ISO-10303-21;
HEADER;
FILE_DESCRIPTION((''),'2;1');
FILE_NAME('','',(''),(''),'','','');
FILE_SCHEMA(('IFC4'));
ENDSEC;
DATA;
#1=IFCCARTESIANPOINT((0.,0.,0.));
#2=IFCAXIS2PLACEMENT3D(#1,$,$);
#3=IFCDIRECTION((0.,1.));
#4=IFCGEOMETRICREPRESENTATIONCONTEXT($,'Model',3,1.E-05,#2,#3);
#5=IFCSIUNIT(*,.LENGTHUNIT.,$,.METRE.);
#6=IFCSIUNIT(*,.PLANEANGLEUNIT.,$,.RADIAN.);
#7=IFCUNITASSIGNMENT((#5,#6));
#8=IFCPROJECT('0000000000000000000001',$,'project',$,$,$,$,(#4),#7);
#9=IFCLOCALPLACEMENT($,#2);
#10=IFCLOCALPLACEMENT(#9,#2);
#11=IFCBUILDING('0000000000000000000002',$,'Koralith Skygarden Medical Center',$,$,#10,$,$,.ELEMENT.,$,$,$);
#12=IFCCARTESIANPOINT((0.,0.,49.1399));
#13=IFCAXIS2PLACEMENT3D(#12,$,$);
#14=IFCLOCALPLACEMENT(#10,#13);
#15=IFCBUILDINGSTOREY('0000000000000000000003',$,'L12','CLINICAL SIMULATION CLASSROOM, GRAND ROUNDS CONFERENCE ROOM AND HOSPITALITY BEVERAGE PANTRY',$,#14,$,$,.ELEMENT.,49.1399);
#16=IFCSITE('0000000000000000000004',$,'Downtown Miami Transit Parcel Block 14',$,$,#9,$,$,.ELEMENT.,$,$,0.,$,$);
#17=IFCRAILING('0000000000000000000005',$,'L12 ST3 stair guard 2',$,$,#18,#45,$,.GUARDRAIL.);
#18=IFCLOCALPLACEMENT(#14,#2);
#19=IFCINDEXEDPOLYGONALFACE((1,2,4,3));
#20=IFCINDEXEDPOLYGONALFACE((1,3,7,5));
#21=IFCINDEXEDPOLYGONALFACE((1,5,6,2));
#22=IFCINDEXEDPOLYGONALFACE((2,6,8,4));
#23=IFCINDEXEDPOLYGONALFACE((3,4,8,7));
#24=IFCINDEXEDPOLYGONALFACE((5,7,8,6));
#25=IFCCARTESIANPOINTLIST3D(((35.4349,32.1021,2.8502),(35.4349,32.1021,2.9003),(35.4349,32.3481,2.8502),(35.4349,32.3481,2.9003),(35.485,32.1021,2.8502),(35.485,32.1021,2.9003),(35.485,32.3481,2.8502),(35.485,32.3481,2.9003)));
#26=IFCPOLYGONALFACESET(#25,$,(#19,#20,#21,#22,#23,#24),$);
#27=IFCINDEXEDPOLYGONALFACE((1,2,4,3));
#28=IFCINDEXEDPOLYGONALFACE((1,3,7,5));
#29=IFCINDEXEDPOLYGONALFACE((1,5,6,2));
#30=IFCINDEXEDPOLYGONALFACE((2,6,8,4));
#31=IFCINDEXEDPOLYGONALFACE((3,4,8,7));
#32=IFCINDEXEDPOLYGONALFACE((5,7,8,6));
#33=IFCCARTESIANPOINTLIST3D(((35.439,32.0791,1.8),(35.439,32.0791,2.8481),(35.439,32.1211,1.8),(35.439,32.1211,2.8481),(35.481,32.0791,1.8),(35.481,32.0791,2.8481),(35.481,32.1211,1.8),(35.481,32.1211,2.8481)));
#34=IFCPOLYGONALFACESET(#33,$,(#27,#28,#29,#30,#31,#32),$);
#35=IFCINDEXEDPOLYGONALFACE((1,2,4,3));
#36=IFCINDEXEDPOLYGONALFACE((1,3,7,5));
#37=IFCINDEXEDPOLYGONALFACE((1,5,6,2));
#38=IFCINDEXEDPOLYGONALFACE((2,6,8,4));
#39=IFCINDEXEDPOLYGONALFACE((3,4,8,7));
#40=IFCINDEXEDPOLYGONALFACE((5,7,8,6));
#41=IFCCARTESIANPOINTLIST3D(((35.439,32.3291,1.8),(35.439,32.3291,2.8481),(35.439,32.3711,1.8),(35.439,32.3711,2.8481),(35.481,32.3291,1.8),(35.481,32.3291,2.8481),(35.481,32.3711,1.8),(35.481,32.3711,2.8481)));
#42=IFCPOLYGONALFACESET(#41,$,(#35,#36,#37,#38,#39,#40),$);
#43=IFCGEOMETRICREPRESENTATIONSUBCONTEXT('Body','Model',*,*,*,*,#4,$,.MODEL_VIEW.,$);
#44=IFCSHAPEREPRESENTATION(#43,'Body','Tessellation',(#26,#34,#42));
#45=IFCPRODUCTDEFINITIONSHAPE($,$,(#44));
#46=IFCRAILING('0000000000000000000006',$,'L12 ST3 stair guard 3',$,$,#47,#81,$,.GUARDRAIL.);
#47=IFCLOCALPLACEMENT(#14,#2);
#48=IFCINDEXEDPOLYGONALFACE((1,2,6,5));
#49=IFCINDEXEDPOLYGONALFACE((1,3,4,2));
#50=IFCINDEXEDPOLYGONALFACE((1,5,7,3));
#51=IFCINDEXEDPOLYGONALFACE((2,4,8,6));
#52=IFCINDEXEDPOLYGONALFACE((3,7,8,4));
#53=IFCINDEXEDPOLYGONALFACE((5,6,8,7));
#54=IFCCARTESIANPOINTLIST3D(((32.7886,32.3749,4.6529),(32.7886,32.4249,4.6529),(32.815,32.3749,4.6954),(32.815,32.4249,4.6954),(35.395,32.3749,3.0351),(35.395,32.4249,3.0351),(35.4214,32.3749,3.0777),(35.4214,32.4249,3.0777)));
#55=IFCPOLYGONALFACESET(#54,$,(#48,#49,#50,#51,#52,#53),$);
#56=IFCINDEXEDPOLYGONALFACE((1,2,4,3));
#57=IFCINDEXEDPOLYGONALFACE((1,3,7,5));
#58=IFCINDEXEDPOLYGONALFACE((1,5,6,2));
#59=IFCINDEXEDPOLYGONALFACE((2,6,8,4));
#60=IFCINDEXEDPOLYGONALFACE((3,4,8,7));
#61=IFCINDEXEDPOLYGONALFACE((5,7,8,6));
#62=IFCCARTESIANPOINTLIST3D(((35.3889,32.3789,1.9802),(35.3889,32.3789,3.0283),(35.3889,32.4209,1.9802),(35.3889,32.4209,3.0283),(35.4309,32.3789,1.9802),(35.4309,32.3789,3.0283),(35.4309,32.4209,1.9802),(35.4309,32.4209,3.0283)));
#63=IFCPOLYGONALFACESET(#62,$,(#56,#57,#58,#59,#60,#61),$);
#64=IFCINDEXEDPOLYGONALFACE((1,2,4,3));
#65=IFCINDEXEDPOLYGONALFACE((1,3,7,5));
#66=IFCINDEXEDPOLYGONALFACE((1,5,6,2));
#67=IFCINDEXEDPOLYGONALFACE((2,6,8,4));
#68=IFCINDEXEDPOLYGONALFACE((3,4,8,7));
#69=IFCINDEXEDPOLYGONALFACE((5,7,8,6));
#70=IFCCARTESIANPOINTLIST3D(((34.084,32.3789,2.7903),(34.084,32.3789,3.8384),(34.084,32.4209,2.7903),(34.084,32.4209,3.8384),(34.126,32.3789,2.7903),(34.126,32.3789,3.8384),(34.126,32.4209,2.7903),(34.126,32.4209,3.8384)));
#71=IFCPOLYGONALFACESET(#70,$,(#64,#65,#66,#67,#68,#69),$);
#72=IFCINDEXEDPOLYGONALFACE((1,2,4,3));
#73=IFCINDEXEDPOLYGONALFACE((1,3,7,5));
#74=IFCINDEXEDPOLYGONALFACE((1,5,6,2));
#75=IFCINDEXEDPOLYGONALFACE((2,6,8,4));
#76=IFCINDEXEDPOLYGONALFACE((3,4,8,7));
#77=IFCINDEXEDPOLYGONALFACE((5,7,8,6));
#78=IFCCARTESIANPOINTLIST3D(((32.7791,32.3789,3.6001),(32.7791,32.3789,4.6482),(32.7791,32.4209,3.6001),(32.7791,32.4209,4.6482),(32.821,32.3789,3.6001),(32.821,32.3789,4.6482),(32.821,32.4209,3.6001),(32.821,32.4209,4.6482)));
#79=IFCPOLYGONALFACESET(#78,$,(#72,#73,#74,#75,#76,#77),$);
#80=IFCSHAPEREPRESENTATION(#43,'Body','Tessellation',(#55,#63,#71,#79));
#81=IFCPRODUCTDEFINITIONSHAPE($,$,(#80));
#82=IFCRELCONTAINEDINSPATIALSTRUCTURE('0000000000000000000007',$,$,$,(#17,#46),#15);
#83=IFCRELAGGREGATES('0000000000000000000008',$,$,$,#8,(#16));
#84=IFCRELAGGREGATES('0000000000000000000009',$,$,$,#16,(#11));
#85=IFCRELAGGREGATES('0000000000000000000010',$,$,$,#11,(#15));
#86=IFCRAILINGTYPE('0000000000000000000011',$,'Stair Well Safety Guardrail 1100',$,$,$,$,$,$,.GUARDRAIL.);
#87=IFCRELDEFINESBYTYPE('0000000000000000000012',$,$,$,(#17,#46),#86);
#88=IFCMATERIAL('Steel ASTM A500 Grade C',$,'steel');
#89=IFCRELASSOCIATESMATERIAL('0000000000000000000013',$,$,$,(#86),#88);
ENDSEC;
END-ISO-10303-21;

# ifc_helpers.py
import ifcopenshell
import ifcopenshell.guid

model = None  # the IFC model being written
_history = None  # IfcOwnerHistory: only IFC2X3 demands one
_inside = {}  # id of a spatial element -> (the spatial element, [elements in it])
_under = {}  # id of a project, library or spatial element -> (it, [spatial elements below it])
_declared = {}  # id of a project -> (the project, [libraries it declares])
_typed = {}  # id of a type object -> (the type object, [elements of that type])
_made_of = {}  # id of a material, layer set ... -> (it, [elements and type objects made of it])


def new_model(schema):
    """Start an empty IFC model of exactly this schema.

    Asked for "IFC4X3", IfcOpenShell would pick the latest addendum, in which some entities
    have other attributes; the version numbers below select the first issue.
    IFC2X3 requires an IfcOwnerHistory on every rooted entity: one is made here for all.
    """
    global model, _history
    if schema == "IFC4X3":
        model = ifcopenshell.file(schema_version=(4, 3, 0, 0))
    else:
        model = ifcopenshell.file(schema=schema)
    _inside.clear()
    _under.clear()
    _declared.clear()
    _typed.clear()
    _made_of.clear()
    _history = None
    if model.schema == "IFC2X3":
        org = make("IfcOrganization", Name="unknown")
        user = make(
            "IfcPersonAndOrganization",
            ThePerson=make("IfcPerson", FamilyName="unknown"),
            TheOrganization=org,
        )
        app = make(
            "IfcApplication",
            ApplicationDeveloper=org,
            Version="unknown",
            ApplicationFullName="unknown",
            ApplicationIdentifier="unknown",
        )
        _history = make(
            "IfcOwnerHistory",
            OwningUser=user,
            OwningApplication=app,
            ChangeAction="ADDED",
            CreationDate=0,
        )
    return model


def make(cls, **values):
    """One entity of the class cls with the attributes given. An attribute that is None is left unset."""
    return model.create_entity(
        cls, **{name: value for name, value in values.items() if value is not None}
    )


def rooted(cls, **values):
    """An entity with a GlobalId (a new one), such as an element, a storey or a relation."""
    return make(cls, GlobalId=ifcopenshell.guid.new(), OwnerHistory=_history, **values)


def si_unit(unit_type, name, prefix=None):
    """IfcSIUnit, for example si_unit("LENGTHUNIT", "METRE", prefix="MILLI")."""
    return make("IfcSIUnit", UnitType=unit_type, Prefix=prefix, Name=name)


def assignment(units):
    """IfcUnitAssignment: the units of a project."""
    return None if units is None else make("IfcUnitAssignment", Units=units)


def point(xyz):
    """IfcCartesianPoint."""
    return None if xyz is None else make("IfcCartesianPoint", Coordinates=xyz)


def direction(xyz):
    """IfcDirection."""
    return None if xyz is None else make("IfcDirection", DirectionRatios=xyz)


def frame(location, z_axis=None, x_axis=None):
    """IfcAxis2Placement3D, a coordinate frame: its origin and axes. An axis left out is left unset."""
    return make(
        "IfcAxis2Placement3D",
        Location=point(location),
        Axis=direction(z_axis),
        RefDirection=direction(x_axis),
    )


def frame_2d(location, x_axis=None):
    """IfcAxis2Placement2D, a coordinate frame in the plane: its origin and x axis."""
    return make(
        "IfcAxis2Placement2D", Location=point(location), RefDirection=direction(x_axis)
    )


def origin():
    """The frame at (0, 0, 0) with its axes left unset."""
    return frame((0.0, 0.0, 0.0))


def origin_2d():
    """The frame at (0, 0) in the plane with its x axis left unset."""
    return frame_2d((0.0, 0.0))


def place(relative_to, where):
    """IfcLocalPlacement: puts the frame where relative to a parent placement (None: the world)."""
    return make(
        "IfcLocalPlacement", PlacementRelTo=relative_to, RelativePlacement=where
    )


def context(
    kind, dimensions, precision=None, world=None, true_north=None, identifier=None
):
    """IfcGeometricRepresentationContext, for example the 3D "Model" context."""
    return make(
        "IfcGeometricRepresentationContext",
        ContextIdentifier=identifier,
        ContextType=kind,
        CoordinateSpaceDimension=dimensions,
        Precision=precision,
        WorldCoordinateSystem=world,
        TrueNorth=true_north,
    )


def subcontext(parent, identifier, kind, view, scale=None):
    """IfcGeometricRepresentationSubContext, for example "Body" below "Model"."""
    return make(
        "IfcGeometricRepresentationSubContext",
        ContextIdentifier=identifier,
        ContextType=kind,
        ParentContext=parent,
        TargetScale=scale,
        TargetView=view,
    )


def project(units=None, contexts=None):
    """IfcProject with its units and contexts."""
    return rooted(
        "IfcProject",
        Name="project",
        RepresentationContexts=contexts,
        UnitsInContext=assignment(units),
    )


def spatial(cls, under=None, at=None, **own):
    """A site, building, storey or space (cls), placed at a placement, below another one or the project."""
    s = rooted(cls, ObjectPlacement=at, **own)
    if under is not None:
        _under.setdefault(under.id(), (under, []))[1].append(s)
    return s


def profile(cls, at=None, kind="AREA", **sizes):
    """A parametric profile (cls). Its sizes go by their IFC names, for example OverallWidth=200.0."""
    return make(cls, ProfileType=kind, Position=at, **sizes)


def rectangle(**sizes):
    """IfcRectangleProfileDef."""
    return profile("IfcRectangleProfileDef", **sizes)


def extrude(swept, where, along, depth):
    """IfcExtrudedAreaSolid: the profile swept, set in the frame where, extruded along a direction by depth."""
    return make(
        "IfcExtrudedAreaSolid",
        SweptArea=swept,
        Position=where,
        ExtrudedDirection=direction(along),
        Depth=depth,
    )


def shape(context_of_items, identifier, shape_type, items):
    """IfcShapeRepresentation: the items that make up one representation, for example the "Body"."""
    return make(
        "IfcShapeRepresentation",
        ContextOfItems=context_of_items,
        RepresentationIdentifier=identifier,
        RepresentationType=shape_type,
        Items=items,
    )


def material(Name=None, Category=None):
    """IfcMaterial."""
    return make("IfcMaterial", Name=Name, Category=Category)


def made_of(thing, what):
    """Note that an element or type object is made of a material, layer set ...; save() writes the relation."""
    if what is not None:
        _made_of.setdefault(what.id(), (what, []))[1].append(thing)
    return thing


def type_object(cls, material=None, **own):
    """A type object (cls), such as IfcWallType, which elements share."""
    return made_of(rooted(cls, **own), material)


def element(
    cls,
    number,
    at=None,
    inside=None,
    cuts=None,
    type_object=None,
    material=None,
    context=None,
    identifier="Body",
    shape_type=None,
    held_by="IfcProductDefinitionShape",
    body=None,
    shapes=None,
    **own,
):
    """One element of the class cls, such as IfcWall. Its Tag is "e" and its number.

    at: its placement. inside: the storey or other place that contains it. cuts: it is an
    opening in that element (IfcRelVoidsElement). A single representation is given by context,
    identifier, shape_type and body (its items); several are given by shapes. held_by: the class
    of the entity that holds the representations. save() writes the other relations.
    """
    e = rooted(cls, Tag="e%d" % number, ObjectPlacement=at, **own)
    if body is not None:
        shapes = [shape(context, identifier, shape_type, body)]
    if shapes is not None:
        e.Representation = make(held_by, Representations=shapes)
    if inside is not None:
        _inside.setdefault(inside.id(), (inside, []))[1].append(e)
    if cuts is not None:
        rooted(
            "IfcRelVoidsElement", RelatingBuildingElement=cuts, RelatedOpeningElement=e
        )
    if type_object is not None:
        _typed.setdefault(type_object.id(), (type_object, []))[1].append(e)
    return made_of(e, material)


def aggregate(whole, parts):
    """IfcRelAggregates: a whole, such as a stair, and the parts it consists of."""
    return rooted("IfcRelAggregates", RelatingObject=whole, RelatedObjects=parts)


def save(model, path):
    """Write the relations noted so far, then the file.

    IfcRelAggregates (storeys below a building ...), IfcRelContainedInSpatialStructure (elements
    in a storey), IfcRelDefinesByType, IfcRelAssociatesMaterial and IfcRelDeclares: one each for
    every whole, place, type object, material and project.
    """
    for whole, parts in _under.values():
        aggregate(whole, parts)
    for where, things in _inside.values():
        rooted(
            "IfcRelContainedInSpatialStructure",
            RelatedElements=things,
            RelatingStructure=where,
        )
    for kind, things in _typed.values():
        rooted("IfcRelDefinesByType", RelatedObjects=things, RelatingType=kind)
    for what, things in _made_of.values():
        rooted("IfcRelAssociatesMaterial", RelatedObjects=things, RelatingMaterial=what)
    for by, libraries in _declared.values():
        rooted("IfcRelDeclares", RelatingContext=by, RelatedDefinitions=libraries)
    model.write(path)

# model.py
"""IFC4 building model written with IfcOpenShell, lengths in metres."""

from ifc_helpers import new_model, si_unit, direction, frame, origin, origin_2d, place, context, subcontext, project, spatial, rectangle, extrude, material, type_object, element, save


model = new_model("IFC4")

# Units and contexts
model_context = context("Model", 3, precision=1e-05, world=origin(), true_north=direction((0.0, 1.0)))
body_context = subcontext(model_context, "Body", "Model", "MODEL_VIEW")
ifc_project = project(units=[si_unit("LENGTHUNIT", "METRE"), si_unit("PLANEANGLEUNIT", "RADIAN")], contexts=[model_context])

# Site, building, storey
site_placement = place(None, origin())
site = spatial("IfcSite", under=ifc_project, at=site_placement, Name="Downtown Miami Transit Parcel Block 14", CompositionType="ELEMENT", RefElevation=0.0)
building_placement = place(site_placement, origin())
building = spatial("IfcBuilding", under=site, at=building_placement, Name="Koralith Skygarden Medical Center", CompositionType="ELEMENT")
storey_placement = place(building_placement, frame((0.0, 0.0, 49.1399)))
storey = spatial("IfcBuildingStorey", under=building, at=storey_placement, Name="L12", Description="CLINICAL SIMULATION CLASSROOM, GRAND ROUNDS CONFERENCE ROOM AND HOSPITALITY BEVERAGE PANTRY", CompositionType="ELEMENT", Elevation=49.1399)

# Railings
ifc_material_1 = material(Name="Steel ASTM A500 Grade C", Category="steel")
railing_type_1 = type_object("IfcRailingType", Name="Stair Well Safety Guardrail 1100", PredefinedType="GUARDRAIL", material=ifc_material_1)
railing_1_placement = place(storey_placement, frame((35.46, 32.1001, 1.8)))
element("IfcRailing", 1, at=railing_1_placement, inside=storey, type_object=railing_type_1, Name="L12 ST3 stair guard 2", PredefinedType="GUARDRAIL", context=body_context, shape_type="SweptSolid", body=[
    extrude(rectangle(XDim=0.05, YDim=0.05, at=origin_2d()), frame((0.0, 0.002, 1.0752), z_axis=(0.0, 1.0, 0.0), x_axis=(-1.0, 0.0, 0.0)), (0.0, 0.0, 1.0), 0.2461),
    extrude(rectangle(XDim=0.042, YDim=0.042, at=origin_2d()), origin(), (0.0, 0.0, 1.0), 1.0481),
    extrude(rectangle(XDim=0.042, YDim=0.042, at=origin_2d()), frame((0.0, 0.25, 0.0)), (0.0, 0.0, 1.0), 1.0481),
])
railing_2_placement = place(storey_placement, frame((35.4099, 32.3999, 1.9802)))
element("IfcRailing", 2, at=railing_2_placement, inside=storey, type_object=railing_type_1, Name="L12 ST3 stair guard 3", PredefinedType="GUARDRAIL", context=body_context, shape_type="SweptSolid", body=[
    extrude(rectangle(XDim=0.05, YDim=0.05, at=origin_2d()), frame((-0.0017, 0.0, 1.0762), z_axis=(-0.849646, 0.0, 0.527353), x_axis=(0.0, -1.0, 0.0)), (0.0, 0.0, 1.0), 3.0676),
    extrude(rectangle(XDim=0.042, YDim=0.042, at=origin_2d()), origin(), (0.0, 0.0, 1.0), 1.0481),
    extrude(rectangle(XDim=0.042, YDim=0.042, at=origin_2d()), frame((-1.3049, 0.0, 0.8101)), (0.0, 0.0, 1.0), 1.0481),
    extrude(rectangle(XDim=0.042, YDim=0.042, at=origin_2d()), frame((-2.6099, 0.0, 1.6199)), (0.0, 0.0, 1.0), 1.0481),
])

save(model, "model.ifc")
